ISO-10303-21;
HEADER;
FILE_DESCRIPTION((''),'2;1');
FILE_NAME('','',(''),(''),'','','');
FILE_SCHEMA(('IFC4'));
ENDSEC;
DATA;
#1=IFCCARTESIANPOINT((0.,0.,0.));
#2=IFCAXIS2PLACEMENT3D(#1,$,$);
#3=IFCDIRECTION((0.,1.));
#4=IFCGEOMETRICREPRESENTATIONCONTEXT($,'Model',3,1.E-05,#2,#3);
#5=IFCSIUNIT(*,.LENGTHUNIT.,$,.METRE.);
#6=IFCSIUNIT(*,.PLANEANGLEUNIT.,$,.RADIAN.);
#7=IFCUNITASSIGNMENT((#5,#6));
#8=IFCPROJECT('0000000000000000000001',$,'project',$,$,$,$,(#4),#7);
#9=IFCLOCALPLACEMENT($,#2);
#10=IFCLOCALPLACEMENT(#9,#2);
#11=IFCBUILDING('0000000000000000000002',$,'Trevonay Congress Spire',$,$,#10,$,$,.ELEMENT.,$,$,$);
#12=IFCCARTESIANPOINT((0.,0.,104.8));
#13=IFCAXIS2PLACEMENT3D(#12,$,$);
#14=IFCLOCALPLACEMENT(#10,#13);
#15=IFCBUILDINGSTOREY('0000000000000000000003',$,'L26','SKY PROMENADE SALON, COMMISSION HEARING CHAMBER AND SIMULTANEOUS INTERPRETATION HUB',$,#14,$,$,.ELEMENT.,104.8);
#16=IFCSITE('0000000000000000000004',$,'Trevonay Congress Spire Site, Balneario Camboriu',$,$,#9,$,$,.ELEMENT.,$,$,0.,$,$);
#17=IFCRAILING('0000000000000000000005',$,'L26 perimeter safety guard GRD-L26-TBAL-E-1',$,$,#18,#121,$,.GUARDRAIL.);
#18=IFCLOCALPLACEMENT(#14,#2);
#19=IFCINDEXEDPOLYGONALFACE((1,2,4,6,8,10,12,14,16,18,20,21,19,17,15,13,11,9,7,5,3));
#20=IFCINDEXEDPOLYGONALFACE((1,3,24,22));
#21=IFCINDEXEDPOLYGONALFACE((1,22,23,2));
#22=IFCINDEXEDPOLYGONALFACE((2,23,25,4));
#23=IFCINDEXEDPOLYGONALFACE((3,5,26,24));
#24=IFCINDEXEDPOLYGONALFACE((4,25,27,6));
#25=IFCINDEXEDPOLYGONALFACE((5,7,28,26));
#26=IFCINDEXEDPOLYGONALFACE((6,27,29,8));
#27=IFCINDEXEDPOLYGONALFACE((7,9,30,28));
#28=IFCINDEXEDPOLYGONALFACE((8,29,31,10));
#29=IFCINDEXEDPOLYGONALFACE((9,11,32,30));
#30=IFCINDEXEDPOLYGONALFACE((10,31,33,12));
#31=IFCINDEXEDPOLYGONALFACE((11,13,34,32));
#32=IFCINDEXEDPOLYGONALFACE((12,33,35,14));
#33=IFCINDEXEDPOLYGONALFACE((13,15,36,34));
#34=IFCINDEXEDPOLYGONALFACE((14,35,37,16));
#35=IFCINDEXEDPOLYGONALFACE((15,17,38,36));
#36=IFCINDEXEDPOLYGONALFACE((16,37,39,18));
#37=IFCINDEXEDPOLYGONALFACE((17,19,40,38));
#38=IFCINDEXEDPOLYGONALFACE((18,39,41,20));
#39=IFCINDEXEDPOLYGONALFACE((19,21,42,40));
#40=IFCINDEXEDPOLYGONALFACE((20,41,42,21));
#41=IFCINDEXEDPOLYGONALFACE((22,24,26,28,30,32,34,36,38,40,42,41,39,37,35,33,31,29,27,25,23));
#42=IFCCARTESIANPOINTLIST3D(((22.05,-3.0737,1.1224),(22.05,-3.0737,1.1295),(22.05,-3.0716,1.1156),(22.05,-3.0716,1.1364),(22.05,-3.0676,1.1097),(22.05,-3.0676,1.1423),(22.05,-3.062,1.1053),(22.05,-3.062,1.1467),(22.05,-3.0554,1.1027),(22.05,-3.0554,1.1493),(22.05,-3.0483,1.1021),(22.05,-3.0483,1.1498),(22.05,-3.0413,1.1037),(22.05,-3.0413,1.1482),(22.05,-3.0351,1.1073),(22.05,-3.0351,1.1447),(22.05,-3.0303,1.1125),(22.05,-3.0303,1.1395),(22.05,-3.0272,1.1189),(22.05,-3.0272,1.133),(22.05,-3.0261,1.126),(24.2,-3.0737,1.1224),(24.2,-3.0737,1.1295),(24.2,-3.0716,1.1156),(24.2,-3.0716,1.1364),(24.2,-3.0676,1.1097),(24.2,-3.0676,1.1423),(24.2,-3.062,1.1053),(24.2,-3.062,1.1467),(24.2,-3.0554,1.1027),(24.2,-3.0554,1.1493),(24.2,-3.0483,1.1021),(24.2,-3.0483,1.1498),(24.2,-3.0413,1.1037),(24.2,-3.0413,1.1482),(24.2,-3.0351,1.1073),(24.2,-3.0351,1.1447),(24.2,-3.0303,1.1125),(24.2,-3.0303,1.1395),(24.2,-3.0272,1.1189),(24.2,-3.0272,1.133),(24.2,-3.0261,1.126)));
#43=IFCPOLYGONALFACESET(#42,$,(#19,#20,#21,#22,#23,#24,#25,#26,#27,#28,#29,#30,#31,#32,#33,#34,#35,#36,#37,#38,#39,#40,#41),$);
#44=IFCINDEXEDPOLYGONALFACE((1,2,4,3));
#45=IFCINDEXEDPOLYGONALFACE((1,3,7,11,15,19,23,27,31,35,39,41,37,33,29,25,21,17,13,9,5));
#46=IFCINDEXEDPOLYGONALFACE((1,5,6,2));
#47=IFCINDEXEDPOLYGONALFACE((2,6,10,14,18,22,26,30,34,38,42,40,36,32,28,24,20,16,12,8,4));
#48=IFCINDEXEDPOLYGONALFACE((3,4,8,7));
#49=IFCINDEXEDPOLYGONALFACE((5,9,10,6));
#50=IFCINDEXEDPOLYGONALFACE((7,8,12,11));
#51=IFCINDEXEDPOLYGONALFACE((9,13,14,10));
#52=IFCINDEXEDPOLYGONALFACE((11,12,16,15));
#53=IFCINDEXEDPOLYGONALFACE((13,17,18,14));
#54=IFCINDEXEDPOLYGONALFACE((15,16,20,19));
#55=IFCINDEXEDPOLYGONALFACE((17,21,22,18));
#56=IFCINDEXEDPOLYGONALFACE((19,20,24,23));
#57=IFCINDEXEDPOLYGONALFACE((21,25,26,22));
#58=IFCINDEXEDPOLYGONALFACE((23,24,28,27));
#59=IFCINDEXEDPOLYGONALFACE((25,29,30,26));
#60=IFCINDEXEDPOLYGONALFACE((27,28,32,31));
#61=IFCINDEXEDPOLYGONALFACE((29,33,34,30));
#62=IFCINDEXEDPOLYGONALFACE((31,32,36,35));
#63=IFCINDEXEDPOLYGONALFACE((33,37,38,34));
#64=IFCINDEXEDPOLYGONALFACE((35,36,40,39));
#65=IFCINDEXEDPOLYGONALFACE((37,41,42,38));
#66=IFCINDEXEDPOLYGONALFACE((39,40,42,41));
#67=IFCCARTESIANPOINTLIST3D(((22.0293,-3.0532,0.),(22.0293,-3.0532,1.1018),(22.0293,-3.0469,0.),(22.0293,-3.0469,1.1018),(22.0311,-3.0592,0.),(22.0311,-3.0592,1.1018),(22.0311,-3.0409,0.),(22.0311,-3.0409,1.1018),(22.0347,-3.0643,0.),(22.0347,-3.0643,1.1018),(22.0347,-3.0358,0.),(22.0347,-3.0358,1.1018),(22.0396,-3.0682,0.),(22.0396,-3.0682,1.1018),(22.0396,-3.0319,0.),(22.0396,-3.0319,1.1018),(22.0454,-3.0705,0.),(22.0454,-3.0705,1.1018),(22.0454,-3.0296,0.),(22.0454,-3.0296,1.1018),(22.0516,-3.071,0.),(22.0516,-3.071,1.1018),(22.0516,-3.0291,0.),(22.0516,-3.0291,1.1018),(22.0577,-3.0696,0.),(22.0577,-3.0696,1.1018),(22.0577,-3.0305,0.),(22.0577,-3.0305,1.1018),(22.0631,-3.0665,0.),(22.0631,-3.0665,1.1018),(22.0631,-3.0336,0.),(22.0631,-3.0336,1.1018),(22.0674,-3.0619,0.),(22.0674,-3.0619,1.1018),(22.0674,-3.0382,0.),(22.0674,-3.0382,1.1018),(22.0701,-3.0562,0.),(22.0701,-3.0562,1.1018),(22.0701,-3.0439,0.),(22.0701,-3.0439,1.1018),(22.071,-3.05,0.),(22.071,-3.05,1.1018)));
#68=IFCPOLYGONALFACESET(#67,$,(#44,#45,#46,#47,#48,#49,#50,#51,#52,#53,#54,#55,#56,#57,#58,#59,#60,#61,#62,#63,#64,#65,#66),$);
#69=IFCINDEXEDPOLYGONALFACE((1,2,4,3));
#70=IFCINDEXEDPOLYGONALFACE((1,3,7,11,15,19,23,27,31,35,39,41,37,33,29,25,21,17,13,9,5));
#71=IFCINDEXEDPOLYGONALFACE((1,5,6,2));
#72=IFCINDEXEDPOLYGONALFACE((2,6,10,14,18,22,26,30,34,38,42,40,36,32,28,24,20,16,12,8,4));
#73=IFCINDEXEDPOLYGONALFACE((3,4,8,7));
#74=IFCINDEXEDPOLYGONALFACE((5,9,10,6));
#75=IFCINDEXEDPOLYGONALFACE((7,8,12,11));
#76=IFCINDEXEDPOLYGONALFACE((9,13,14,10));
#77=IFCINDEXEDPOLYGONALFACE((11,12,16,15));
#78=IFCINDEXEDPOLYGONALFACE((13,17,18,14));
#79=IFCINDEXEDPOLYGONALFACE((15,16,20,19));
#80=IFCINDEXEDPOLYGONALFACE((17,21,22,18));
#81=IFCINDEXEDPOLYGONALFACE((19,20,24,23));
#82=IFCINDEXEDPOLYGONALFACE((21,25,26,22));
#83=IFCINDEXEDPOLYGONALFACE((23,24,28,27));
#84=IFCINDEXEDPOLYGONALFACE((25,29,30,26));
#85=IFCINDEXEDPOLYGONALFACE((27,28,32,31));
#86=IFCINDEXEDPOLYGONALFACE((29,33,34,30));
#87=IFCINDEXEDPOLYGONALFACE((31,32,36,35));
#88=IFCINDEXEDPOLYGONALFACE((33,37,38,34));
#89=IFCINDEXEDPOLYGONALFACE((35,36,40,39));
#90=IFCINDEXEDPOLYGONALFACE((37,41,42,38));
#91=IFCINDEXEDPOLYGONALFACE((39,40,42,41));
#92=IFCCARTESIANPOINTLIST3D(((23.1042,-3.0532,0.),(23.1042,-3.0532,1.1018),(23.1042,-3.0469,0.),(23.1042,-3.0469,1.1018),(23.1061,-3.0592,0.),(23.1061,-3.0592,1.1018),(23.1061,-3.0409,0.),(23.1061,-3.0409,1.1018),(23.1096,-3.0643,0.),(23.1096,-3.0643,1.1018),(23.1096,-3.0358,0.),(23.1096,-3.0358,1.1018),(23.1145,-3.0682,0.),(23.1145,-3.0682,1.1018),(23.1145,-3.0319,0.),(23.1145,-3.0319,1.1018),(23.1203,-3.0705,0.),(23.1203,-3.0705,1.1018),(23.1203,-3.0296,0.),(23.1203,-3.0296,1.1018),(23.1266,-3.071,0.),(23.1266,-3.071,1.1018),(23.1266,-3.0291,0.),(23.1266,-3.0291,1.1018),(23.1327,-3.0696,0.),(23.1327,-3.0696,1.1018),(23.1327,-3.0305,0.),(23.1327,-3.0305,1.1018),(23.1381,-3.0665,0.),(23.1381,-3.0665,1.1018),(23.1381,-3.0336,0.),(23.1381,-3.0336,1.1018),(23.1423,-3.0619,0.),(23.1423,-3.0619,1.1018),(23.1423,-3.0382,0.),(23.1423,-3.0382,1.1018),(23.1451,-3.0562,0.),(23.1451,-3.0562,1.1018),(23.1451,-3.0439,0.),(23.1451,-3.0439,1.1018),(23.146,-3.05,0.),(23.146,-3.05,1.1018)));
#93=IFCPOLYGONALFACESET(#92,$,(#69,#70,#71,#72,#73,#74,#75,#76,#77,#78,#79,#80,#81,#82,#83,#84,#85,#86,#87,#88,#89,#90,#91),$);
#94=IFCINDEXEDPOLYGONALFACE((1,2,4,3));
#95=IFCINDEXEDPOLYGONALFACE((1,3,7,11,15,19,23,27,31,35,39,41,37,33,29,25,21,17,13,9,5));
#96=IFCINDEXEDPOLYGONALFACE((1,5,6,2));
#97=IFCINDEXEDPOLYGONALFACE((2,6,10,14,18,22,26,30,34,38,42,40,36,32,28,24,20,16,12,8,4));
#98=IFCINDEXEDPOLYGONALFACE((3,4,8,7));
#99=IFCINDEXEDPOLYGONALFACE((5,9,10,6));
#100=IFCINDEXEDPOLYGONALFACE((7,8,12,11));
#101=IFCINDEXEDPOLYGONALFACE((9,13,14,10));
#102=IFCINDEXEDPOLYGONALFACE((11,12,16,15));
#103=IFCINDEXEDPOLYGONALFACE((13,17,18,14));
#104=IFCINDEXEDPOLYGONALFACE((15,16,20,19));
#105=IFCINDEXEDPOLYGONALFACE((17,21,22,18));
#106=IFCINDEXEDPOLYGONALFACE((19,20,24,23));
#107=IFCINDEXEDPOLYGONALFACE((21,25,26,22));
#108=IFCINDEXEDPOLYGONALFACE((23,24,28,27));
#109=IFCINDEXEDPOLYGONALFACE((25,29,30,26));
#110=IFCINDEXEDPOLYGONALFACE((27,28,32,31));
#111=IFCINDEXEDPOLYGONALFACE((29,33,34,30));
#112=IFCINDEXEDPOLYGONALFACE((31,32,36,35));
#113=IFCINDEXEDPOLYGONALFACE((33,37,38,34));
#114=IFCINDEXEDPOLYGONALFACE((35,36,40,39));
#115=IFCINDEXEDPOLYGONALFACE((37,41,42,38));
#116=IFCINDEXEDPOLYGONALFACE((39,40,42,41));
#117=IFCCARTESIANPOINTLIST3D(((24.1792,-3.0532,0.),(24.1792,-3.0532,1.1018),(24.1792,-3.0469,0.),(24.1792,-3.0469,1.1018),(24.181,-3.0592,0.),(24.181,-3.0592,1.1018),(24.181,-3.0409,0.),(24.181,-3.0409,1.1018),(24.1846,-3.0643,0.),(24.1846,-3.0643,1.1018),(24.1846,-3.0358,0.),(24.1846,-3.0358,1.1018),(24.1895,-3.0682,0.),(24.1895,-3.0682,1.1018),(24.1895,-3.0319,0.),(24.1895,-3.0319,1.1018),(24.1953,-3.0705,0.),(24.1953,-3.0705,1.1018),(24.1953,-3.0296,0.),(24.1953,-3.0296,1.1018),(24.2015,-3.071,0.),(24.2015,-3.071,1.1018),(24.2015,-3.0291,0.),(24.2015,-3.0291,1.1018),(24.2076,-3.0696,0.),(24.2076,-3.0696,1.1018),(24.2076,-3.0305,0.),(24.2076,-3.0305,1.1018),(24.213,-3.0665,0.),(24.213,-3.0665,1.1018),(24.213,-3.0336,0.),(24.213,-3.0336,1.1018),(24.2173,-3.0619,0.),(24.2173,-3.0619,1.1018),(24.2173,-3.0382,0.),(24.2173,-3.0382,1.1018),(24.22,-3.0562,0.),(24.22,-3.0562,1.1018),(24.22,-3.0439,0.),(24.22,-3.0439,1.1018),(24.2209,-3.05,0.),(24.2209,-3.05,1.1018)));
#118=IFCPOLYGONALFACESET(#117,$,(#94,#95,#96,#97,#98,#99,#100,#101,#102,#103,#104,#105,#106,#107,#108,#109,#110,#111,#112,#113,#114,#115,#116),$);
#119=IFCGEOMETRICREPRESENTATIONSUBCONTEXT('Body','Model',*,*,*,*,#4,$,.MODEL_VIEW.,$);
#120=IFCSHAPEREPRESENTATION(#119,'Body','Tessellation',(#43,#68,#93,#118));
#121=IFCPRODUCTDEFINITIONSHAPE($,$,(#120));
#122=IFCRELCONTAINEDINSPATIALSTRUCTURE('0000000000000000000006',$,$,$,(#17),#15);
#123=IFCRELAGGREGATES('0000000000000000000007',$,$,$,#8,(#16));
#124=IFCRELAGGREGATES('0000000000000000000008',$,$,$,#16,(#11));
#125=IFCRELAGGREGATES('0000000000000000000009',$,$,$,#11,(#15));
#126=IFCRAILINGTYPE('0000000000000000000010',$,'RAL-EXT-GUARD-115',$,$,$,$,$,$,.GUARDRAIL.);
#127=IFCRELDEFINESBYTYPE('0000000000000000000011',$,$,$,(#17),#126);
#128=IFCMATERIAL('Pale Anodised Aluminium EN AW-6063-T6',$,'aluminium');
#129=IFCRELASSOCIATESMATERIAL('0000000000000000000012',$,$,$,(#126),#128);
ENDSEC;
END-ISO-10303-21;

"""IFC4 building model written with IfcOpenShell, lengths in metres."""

from ifc_helpers import new_model, si_unit, direction, frame, origin, origin_2d, place, context, subcontext, project, spatial, circle, extrude, material, type_object, element, save


model = new_model("IFC4")

# Units and contexts
model_context = context("Model", 3, precision=1e-05, world=origin(), true_north=direction((0.0, 1.0)))
body_context = subcontext(model_context, "Body", "Model", "MODEL_VIEW")
ifc_project = project(units=[si_unit("LENGTHUNIT", "METRE"), si_unit("PLANEANGLEUNIT", "RADIAN")], contexts=[model_context])

# Site, building, storey
site_placement = place(None, origin())
site = spatial("IfcSite", under=ifc_project, at=site_placement, Name="Trevonay Congress Spire Site, Balneario Camboriu", CompositionType="ELEMENT", RefElevation=0.0)
building_placement = place(site_placement, origin())
building = spatial("IfcBuilding", under=site, at=building_placement, Name="Trevonay Congress Spire", CompositionType="ELEMENT")
storey_placement = place(building_placement, frame((0.0, 0.0, 104.8)))
storey = spatial("IfcBuildingStorey", under=building, at=storey_placement, Name="L26", Description="SKY PROMENADE SALON, COMMISSION HEARING CHAMBER AND SIMULTANEOUS INTERPRETATION HUB", CompositionType="ELEMENT", Elevation=104.8)

# Shared definitions
ifc_material_1 = material(Name="Pale Anodised Aluminium EN AW-6063-T6", Category="aluminium")

# Railing
railing_type = type_object("IfcRailingType", Name="RAL-EXT-GUARD-115", PredefinedType="GUARDRAIL", material=ifc_material_1)
railing_1_placement = place(storey_placement, frame((22.05, -3.05, 0.0)))
element("IfcRailing", 1, at=railing_1_placement, inside=storey, type_object=railing_type, Name="L26 perimeter safety guard GRD-L26-TBAL-E-1", PredefinedType="GUARDRAIL", context=body_context, shape_type="SweptSolid", body=[
    extrude(circle(Radius=0.0239, at=origin_2d()), frame((0.0, 0.0, 1.126), z_axis=(1.0, 0.0, 0.0), x_axis=(0.0, 1.0, 0.0)), (0.0, 0.0, 1.0), 2.1499),
    extrude(circle(Radius=0.021, at=origin_2d()), origin(), (0.0, 0.0, 1.0), 1.1018),
    extrude(circle(Radius=0.021, at=origin_2d()), frame((1.075, 0.0, 0.0)), (0.0, 0.0, 1.0), 1.1018),
    extrude(circle(Radius=0.021, at=origin_2d()), frame((2.1499, 0.0, 0.0)), (0.0, 0.0, 1.0), 1.1018),
])

save(model, "model.ifc")
